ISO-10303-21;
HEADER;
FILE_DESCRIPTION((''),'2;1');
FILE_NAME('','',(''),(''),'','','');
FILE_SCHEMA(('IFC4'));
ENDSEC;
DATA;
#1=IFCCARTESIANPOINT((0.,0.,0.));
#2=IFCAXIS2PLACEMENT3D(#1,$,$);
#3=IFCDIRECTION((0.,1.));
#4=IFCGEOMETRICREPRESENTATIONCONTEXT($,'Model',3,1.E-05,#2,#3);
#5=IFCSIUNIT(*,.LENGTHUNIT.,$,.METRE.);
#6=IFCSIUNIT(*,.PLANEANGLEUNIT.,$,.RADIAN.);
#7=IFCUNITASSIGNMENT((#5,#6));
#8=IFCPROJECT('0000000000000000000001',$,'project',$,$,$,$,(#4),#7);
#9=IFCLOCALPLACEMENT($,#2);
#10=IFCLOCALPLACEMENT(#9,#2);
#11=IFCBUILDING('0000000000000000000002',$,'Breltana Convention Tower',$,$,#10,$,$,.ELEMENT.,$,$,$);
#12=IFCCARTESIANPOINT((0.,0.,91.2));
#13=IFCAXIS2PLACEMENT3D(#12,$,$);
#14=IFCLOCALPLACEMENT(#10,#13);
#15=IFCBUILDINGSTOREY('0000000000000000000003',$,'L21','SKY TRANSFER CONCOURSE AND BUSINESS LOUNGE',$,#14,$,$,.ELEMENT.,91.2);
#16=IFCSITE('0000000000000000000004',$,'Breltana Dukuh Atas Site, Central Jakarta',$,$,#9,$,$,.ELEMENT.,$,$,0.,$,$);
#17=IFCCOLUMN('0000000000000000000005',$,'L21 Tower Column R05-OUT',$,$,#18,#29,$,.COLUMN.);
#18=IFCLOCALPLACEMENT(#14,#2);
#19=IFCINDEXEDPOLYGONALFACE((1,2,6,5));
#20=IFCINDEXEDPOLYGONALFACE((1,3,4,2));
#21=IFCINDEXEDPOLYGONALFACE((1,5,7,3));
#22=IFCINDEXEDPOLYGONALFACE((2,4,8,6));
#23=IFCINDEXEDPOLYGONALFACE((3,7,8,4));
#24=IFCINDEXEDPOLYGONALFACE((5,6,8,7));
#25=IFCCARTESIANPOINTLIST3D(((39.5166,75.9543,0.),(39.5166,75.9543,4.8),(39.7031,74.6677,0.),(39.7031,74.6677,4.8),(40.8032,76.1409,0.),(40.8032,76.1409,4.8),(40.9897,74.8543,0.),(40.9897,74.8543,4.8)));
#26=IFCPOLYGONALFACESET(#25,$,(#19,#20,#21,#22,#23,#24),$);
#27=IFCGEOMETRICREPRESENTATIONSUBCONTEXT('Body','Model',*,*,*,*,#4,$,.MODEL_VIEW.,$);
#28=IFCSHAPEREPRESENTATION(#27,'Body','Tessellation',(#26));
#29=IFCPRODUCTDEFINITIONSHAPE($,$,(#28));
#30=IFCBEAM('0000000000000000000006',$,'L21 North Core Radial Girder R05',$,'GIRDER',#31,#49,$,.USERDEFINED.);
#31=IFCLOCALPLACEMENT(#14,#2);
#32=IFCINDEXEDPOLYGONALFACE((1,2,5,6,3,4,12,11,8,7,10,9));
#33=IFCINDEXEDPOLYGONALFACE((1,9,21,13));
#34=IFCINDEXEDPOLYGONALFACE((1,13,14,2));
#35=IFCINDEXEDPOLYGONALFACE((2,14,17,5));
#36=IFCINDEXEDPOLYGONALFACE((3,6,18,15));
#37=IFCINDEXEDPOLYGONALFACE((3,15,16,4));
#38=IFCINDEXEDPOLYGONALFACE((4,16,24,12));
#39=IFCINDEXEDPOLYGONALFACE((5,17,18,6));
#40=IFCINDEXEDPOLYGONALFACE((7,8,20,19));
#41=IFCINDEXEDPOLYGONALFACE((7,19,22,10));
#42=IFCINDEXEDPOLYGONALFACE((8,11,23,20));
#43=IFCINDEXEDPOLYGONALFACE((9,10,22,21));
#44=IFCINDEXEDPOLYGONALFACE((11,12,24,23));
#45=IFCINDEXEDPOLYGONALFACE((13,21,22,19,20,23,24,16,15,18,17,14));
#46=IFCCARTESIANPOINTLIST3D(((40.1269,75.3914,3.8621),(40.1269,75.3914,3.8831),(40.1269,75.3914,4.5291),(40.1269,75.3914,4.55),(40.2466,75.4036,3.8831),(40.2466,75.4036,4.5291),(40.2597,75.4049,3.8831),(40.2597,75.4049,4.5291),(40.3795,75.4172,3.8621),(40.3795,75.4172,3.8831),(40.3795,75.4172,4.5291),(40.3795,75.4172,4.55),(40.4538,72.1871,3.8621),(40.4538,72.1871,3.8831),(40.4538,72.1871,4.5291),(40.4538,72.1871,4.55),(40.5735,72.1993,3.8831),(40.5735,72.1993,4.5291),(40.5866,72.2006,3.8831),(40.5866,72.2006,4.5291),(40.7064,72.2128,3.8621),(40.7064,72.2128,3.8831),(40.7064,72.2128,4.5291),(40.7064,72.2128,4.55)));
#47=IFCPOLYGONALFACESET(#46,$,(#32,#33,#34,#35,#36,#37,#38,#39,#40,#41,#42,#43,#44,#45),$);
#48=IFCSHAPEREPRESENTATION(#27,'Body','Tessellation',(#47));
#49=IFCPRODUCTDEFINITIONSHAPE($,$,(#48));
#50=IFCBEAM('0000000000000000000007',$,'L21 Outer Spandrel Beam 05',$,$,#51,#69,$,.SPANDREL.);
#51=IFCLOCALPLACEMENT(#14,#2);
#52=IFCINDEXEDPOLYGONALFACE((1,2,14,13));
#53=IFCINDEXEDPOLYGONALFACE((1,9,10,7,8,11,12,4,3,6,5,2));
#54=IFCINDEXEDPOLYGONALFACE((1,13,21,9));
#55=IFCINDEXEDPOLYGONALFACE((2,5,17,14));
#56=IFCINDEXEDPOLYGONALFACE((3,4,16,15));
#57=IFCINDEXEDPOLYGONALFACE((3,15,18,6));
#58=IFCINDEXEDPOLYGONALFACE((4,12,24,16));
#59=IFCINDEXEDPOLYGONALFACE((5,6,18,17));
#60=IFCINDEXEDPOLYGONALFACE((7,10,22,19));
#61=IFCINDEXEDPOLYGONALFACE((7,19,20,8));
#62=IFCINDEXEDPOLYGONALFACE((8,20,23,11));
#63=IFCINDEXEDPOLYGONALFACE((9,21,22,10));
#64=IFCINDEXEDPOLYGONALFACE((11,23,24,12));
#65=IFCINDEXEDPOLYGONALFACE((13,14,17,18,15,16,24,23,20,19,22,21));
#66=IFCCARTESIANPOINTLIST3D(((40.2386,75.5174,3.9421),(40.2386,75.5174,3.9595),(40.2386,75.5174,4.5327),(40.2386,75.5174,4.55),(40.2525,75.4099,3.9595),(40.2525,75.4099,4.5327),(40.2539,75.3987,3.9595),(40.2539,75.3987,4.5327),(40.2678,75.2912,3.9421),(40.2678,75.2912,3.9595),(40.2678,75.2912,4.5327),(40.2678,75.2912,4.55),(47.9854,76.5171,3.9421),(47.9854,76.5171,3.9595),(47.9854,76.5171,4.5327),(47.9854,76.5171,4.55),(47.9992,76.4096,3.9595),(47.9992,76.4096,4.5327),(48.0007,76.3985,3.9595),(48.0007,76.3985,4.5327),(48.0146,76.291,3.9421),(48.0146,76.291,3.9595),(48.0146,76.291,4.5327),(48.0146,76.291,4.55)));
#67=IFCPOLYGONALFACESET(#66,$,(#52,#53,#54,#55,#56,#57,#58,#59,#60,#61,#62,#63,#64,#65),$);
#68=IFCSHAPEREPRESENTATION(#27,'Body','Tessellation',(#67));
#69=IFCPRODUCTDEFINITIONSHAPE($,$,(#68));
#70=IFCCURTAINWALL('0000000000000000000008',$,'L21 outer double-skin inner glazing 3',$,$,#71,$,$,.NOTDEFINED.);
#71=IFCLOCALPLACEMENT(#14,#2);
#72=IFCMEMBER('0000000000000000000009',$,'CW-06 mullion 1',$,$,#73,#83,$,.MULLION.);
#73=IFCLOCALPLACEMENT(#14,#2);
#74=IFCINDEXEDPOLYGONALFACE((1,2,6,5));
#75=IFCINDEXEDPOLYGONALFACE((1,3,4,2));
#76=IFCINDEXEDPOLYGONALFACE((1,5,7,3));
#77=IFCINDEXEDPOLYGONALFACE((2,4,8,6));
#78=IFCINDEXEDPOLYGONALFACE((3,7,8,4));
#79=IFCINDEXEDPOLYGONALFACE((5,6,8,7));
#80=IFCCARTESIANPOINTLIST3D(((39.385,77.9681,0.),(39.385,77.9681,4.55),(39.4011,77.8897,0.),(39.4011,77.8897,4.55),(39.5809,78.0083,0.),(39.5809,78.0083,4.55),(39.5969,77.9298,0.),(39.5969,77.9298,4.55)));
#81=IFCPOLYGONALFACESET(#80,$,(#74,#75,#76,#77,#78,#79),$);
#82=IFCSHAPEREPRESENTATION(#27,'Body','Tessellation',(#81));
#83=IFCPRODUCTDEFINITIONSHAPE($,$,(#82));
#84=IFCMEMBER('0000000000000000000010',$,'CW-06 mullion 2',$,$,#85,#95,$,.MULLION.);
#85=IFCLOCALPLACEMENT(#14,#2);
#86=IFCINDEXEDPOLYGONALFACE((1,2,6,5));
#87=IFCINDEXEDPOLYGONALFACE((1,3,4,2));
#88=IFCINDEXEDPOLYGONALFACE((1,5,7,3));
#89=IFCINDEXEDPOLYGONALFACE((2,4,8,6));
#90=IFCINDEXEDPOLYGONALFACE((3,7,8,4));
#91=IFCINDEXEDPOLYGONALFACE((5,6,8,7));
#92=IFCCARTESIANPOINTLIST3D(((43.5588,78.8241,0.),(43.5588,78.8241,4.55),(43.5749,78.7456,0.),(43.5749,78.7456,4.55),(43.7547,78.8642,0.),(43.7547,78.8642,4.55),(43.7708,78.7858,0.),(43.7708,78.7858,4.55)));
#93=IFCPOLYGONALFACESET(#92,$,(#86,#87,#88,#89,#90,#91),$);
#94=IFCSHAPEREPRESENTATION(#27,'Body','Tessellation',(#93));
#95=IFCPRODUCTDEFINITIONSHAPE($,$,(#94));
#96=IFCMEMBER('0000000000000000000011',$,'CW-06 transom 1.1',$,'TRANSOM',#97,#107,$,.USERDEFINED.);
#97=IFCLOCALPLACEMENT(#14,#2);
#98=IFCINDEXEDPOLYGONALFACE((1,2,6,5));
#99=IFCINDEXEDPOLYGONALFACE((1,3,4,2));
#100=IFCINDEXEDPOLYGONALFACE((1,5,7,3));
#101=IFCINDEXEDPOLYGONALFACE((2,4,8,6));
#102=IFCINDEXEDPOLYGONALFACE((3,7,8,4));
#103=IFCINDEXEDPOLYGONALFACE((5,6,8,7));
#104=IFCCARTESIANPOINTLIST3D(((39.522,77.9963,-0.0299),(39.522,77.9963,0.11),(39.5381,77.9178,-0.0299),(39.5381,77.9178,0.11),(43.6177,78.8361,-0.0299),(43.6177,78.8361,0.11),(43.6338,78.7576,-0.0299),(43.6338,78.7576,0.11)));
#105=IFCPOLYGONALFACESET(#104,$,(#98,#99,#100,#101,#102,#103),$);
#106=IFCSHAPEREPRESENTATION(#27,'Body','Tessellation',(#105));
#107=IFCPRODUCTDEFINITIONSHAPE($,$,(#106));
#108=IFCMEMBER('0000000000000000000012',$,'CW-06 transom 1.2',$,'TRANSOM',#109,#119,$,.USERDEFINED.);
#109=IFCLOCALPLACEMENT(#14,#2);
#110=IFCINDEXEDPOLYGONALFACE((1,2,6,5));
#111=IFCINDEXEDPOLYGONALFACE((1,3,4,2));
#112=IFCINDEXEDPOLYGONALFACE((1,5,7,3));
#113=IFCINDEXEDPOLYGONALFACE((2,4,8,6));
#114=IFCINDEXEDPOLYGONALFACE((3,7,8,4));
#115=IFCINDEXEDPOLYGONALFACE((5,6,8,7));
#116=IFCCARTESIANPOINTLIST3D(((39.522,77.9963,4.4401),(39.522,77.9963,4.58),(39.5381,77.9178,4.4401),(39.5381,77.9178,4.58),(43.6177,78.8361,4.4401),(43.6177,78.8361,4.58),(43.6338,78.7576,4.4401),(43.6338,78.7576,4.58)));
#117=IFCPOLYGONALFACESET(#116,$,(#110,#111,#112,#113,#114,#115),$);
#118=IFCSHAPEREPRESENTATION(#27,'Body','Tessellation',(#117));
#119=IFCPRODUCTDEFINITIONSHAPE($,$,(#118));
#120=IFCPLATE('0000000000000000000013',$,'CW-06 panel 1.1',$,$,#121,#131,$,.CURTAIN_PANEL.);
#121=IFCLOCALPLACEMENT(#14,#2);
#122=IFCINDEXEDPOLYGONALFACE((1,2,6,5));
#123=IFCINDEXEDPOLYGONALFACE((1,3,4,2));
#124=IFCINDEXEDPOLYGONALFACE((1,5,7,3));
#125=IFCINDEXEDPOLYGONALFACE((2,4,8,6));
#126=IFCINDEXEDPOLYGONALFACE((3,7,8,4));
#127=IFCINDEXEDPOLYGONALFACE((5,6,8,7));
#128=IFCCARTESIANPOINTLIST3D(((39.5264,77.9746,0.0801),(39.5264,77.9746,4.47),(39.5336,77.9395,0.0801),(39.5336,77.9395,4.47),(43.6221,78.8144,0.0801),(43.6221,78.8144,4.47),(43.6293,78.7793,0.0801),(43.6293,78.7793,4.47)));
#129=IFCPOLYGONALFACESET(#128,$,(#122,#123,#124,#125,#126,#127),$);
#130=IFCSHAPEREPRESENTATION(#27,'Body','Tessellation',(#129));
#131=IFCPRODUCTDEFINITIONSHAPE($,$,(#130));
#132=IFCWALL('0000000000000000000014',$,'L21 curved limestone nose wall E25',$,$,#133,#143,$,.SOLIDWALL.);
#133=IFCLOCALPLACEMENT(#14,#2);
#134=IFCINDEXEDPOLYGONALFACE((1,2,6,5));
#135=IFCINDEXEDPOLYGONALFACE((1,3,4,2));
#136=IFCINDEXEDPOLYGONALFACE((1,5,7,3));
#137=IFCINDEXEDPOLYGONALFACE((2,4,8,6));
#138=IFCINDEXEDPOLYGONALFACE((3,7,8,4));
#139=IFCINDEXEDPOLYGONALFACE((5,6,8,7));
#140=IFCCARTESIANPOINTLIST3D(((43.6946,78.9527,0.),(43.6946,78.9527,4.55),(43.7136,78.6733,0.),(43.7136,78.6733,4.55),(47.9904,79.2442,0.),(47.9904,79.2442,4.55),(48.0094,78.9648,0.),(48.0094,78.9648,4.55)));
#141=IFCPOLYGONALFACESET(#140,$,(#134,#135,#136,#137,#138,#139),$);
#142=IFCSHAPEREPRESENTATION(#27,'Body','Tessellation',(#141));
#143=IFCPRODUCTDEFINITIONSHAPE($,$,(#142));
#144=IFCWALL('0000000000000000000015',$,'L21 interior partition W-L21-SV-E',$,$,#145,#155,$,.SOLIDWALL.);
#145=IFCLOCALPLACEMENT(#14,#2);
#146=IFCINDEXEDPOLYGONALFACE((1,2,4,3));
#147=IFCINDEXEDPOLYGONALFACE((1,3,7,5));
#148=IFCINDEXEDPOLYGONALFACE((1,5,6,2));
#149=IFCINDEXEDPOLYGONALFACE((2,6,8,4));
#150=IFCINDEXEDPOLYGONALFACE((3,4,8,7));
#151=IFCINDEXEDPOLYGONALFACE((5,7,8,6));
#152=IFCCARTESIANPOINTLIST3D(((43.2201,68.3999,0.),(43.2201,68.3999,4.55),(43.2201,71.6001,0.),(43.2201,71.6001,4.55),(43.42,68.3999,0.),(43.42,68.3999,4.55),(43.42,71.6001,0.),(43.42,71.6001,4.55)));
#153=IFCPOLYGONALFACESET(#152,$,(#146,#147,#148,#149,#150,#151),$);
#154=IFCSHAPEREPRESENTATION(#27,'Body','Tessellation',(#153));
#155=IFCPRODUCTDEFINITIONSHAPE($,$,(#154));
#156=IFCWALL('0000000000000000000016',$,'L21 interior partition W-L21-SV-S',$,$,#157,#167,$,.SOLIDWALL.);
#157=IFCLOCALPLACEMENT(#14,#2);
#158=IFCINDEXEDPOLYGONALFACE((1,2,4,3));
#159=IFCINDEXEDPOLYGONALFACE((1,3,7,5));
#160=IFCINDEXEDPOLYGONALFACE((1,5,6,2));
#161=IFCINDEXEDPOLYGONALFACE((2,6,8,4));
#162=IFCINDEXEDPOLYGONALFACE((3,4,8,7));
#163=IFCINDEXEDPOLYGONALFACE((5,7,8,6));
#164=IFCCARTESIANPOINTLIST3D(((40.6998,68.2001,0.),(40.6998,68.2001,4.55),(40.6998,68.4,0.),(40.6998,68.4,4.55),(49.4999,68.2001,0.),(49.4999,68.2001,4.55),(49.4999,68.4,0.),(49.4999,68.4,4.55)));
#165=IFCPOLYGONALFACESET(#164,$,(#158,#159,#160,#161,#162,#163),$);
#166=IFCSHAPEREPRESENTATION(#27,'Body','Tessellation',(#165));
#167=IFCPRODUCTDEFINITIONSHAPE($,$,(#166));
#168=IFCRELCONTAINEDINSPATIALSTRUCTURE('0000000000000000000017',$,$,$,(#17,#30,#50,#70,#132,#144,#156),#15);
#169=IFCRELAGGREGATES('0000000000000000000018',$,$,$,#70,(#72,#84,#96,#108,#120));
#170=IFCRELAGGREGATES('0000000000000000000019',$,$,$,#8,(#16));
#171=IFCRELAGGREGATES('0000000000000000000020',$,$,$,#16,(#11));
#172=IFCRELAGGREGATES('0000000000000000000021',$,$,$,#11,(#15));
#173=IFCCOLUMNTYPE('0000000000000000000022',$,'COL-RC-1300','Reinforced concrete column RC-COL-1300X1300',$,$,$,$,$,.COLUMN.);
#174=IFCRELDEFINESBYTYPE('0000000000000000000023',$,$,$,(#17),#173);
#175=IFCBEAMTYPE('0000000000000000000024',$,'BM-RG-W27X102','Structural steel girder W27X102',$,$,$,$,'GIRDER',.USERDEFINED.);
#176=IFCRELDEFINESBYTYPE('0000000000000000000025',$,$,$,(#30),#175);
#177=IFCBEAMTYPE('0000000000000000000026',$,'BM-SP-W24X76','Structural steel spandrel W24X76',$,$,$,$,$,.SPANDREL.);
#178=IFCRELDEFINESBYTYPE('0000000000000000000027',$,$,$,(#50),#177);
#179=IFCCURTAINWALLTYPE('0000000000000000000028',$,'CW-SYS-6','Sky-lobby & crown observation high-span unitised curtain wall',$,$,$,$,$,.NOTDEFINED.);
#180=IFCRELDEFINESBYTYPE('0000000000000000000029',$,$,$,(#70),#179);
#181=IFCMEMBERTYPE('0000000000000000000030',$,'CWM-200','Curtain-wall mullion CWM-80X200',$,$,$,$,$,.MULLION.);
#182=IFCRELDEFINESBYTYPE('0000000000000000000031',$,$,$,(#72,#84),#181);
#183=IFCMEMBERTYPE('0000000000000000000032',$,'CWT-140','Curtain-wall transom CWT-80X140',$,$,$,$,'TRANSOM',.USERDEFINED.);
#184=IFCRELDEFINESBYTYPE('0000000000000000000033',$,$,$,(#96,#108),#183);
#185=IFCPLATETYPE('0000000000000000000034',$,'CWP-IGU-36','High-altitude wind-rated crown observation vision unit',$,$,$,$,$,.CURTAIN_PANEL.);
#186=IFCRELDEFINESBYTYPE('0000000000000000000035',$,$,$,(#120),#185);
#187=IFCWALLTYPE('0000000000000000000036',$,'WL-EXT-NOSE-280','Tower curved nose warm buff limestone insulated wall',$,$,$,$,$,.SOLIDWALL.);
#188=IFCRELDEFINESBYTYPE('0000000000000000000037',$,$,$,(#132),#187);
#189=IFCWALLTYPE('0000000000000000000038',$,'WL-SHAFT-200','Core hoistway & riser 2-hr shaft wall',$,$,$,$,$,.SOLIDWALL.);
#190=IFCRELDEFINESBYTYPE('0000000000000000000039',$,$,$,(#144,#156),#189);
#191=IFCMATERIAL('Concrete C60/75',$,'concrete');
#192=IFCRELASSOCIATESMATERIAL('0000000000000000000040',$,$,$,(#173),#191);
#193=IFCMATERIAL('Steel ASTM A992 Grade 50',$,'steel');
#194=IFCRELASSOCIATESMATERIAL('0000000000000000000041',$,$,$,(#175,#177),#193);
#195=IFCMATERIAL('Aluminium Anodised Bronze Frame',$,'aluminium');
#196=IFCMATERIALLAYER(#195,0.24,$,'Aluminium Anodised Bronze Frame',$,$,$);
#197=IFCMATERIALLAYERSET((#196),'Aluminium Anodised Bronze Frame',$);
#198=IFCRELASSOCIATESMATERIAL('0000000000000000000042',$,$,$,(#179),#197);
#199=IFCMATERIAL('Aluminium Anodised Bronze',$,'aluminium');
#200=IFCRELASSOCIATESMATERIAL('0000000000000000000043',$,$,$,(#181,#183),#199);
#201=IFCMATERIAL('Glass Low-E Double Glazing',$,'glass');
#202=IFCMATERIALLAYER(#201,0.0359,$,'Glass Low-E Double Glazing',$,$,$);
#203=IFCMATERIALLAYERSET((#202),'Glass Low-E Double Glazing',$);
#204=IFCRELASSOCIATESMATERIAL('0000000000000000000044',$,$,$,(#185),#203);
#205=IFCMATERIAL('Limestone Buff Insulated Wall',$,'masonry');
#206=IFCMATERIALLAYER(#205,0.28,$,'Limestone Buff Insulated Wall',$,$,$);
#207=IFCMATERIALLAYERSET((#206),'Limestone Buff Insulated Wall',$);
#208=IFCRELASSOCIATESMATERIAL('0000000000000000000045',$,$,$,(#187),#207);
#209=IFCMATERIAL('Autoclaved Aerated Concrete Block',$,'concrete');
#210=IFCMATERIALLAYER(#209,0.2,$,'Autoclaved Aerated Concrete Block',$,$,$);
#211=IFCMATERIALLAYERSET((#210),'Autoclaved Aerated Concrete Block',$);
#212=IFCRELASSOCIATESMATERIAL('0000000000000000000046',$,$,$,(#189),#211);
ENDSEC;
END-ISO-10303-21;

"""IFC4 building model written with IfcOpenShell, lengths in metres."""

from ifc_helpers import new_model, si_unit, direction, frame, frame_2d, origin, origin_2d, place, context, subcontext, project, spatial, rectangle, i_section, extrude, source, transform, mapped, material, layer, layer_set, material_profile, profile_set, type_object, element, aggregate, save


model = new_model("IFC4")

# Units and contexts
model_context = context("Model", 3, precision=1e-05, world=origin(), true_north=direction((0.0, 1.0)))
body_context = subcontext(model_context, "Body", "Model", "MODEL_VIEW")
ifc_project = project(units=[si_unit("LENGTHUNIT", "METRE"), si_unit("PLANEANGLEUNIT", "RADIAN")], contexts=[model_context])

# Site, building, storey
site_placement = place(None, origin())
site = spatial("IfcSite", under=ifc_project, at=site_placement, Name="Breltana Dukuh Atas Site, Central Jakarta", CompositionType="ELEMENT", RefElevation=0.0)
building_placement = place(site_placement, origin())
building = spatial("IfcBuilding", under=site, at=building_placement, Name="Breltana Convention Tower", CompositionType="ELEMENT")
storey_placement = place(building_placement, frame((0.0, 0.0, 91.2)))
storey = spatial("IfcBuildingStorey", under=building, at=storey_placement, Name="L21", Description="SKY TRANSFER CONCOURSE AND BUSINESS LOUNGE", CompositionType="ELEMENT", Elevation=91.2)

# Column
ifc_material_1 = material(Name="Concrete C60/75", Category="concrete")
ifc_material_profile_1 = material_profile(ifc_material_1, rectangle(XDim=1.3, YDim=1.3, at=origin_2d()), Name="RC-COL-1300X1300")
ifc_profile_set_1 = profile_set([ifc_material_profile_1], Name="Concrete C60/75")
column_type = type_object("IfcColumnType", Name="COL-RC-1300", Description="Reinforced concrete column RC-COL-1300X1300", PredefinedType="COLUMN", material=ifc_profile_set_1)
shared_shape_1 = source(origin(), body_context, "Body", "SweptSolid", [
    extrude(rectangle(XDim=1.3, YDim=1.3, at=origin_2d()), origin(), (0.0, 0.0, 1.0), 4.8),
])
column_placement = place(storey_placement, frame((40.2532, 75.4043, 0.0), z_axis=(0.0, 0.0, 1.0), x_axis=(-0.143493, 0.989651, 0.0)))
element("IfcColumn", 1, at=column_placement, inside=storey, type_object=column_type, Name="L21 Tower Column R05-OUT", PredefinedType="COLUMN", context=body_context, shape_type="MappedRepresentation", body=[
    mapped(shared_shape_1, transform((0.0, 0.0, 0.0), scale=1.0)),
])

# Beams
ifc_material_2 = material(Name="Steel ASTM A992 Grade 50", Category="steel")
ifc_material_profile_2 = material_profile(ifc_material_2, i_section(OverallWidth=0.2539, OverallDepth=0.688, WebThickness=0.0132, FlangeThickness=0.021, at=origin_2d()), Name="W27X102")
ifc_profile_set_2 = profile_set([ifc_material_profile_2], Name="Steel ASTM A992 Grade 50")
beam_type_1 = type_object("IfcBeamType", Name="BM-RG-W27X102", Description="Structural steel girder W27X102", ElementType="GIRDER", PredefinedType="USERDEFINED", material=ifc_profile_set_2)
shared_shape_2 = source(origin(), body_context, "Body", "SweptSolid", [
    extrude(i_section(OverallWidth=0.2539, OverallDepth=0.688, WebThickness=0.0132, FlangeThickness=0.021, at=origin_2d()), origin(), (0.0, 0.0, 1.0), 3.2209),
])
beam_1_placement = place(storey_placement, frame((40.5801, 72.2, 4.2061), z_axis=(-0.101492, 0.994836, 0.0), x_axis=(-0.994836, -0.101492, 0.0)))
element("IfcBeam", 2, at=beam_1_placement, inside=storey, type_object=beam_type_1, Name="L21 North Core Radial Girder R05", ObjectType="GIRDER", PredefinedType="USERDEFINED", context=body_context, shape_type="MappedRepresentation", body=[
    mapped(shared_shape_2, transform((0.0, 0.0, 0.0), scale=1.0)),
])
ifc_material_profile_3 = material_profile(ifc_material_2, i_section(OverallWidth=0.228, OverallDepth=0.6079, WebThickness=0.0112, FlangeThickness=0.0173, at=origin_2d()), Name="W24X76")
ifc_profile_set_3 = profile_set([ifc_material_profile_3], Name="Steel ASTM A992 Grade 50")
beam_type_2 = type_object("IfcBeamType", Name="BM-SP-W24X76", Description="Structural steel spandrel W24X76", PredefinedType="SPANDREL", material=ifc_profile_set_3)
shared_shape_3 = source(origin(), body_context, "Body", "SweptSolid", [
    extrude(i_section(OverallWidth=0.228, OverallDepth=0.6079, WebThickness=0.0112, FlangeThickness=0.0173, at=origin_2d()), origin(), (0.0, 0.0, 1.0), 7.811),
])
beam_2_placement = place(storey_placement, frame((40.2532, 75.4043, 4.2461), z_axis=(0.991775, 0.127992, 0.0), x_axis=(-0.127992, 0.991775, 0.0)))
element("IfcBeam", 3, at=beam_2_placement, inside=storey, type_object=beam_type_2, Name="L21 Outer Spandrel Beam 05", PredefinedType="SPANDREL", context=body_context, shape_type="MappedRepresentation", body=[
    mapped(shared_shape_3, transform((0.0, 0.0, 0.0), scale=1.0)),
])

# Curtain wall, members, plate
ifc_material_3 = material(Name="Aluminium Anodised Bronze Frame", Category="aluminium")
ifc_layer_1 = layer(ifc_material_3, 0.24, Name="Aluminium Anodised Bronze Frame")
ifc_layer_set_1 = layer_set([ifc_layer_1], Name="Aluminium Anodised Bronze Frame")
curtain_wall_type = type_object("IfcCurtainWallType", Name="CW-SYS-6", Description="Sky-lobby & crown observation high-span unitised curtain wall", PredefinedType="NOTDEFINED", material=ifc_layer_set_1)
curtain_wall_placement = place(storey_placement, origin())
curtain_wall = element("IfcCurtainWall", 4, at=curtain_wall_placement, inside=storey, type_object=curtain_wall_type, Name="L21 outer double-skin inner glazing 3", PredefinedType="NOTDEFINED")
ifc_material_4 = material(Name="Aluminium Anodised Bronze", Category="aluminium")
ifc_material_profile_4 = material_profile(ifc_material_4, rectangle(XDim=0.0801, YDim=0.2, at=origin_2d()), Name="CWM-80X200")
ifc_profile_set_4 = profile_set([ifc_material_profile_4], Name="Aluminium Anodised Bronze")
member_type_1 = type_object("IfcMemberType", Name="CWM-200", Description="Curtain-wall mullion CWM-80X200", PredefinedType="MULLION", material=ifc_profile_set_4)
shared_shape_4 = source(origin(), body_context, "Body", "SweptSolid", [
    extrude(rectangle(XDim=0.0801, YDim=0.2, at=origin_2d()), origin(), (0.0, 0.0, 1.0), 4.55),
])
member_1_placement = place(storey_placement, frame((39.491, 77.949, 0.0), z_axis=(0.0, 0.0, 1.0), x_axis=(-0.200859, 0.97962, 0.0)))
member_1 = element("IfcMember", 5, at=member_1_placement, type_object=member_type_1, Name="CW-06 mullion 1", PredefinedType="MULLION", context=body_context, shape_type="MappedRepresentation", body=[
    mapped(shared_shape_4, transform((0.0, 0.0, 0.0), scale=1.0)),
])
member_2_placement = place(storey_placement, frame((43.6648, 78.8049, 0.0), z_axis=(0.0, 0.0, 1.0), x_axis=(-0.200859, 0.97962, 0.0)))
member_2 = element("IfcMember", 6, at=member_2_placement, type_object=member_type_1, Name="CW-06 mullion 2", PredefinedType="MULLION", context=body_context, shape_type="MappedRepresentation", body=[
    mapped(shared_shape_4, transform((0.0, 0.0, 0.0), scale=1.0)),
])
ifc_material_profile_5 = material_profile(ifc_material_4, rectangle(XDim=0.0801, YDim=0.1399, at=origin_2d()), Name="CWT-80X140")
ifc_profile_set_5 = profile_set([ifc_material_profile_5], Name="Aluminium Anodised Bronze")
member_type_2 = type_object("IfcMemberType", Name="CWT-140", Description="Curtain-wall transom CWT-80X140", ElementType="TRANSOM", PredefinedType="USERDEFINED", material=ifc_profile_set_5)
shared_shape_5 = source(origin(), body_context, "Body", "SweptSolid", [
    extrude(rectangle(XDim=0.0801, YDim=0.1399, at=origin_2d()), origin(), (0.0, 0.0, 1.0), 4.1809),
])
member_3_placement = place(storey_placement, frame((39.53, 77.957, 0.04), z_axis=(0.979617, 0.200875, 0.0), x_axis=(-0.200875, 0.979617, 0.0)))
member_3 = element("IfcMember", 7, at=member_3_placement, type_object=member_type_2, Name="CW-06 transom 1.1", ObjectType="TRANSOM", PredefinedType="USERDEFINED", context=body_context, shape_type="MappedRepresentation", body=[
    mapped(shared_shape_5, transform((0.0, 0.0, 0.0), scale=1.0)),
])
member_4_placement = place(storey_placement, frame((39.53, 77.957, 4.51), z_axis=(0.979617, 0.200875, 0.0), x_axis=(-0.200875, 0.979617, 0.0)))
member_4 = element("IfcMember", 8, at=member_4_placement, type_object=member_type_2, Name="CW-06 transom 1.2", ObjectType="TRANSOM", PredefinedType="USERDEFINED", context=body_context, shape_type="MappedRepresentation", body=[
    mapped(shared_shape_5, transform((0.0, 0.0, 0.0), scale=1.0)),
])
ifc_material_5 = material(Name="Glass Low-E Double Glazing", Category="glass")
ifc_layer_2 = layer(ifc_material_5, 0.0359, Name="Glass Low-E Double Glazing")
ifc_layer_set_2 = layer_set([ifc_layer_2], Name="Glass Low-E Double Glazing")
plate_type = type_object("IfcPlateType", Name="CWP-IGU-36", Description="High-altitude wind-rated crown observation vision unit", PredefinedType="CURTAIN_PANEL", material=ifc_layer_set_2)
shared_shape_6 = source(origin(), body_context, "Body", "SweptSolid", [
    extrude(rectangle(XDim=4.1809, YDim=0.0359, at=origin_2d()), origin(), (0.0, 0.0, 1.0), 4.3899),
])
plate_placement = place(storey_placement, frame((41.5779, 78.377, 0.0801), z_axis=(0.0, 0.0, 1.0), x_axis=(0.97962, 0.200859, 0.0)))
plate = element("IfcPlate", 9, at=plate_placement, type_object=plate_type, Name="CW-06 panel 1.1", PredefinedType="CURTAIN_PANEL", context=body_context, shape_type="MappedRepresentation", body=[
    mapped(shared_shape_6, transform((0.0, 0.0, 0.0), scale=1.0)),
])
aggregate(curtain_wall, [member_1, member_2, member_3, member_4, plate])

# Walls
ifc_material_6 = material(Name="Limestone Buff Insulated Wall", Category="masonry")
ifc_layer_3 = layer(ifc_material_6, 0.28, Name="Limestone Buff Insulated Wall")
ifc_layer_set_3 = layer_set([ifc_layer_3], Name="Limestone Buff Insulated Wall")
wall_type_1 = type_object("IfcWallType", Name="WL-EXT-NOSE-280", Description="Tower curved nose warm buff limestone insulated wall", PredefinedType="SOLIDWALL", material=ifc_layer_set_3)
shared_shape_7 = source(origin(), body_context, "Body", "SweptSolid", [
    extrude(rectangle(XDim=4.3057, YDim=0.28, at=frame_2d((2.1528, 0.0))), origin(), (0.0, 0.0, 1.0), 4.55),
])
wall_1_placement = place(storey_placement, frame((43.7041, 78.813, 0.0), z_axis=(0.0, 0.0, 1.0), x_axis=(0.997706, 0.067701, 0.0)))
element("IfcWall", 10, at=wall_1_placement, inside=storey, type_object=wall_type_1, Name="L21 curved limestone nose wall E25", PredefinedType="SOLIDWALL", context=body_context, shape_type="MappedRepresentation", body=[
    mapped(shared_shape_7, transform((0.0, 0.0, 0.0), scale=1.0)),
])
ifc_material_7 = material(Name="Autoclaved Aerated Concrete Block", Category="concrete")
ifc_layer_4 = layer(ifc_material_7, 0.2, Name="Autoclaved Aerated Concrete Block")
ifc_layer_set_4 = layer_set([ifc_layer_4], Name="Autoclaved Aerated Concrete Block")
wall_type_2 = type_object("IfcWallType", Name="WL-SHAFT-200", Description="Core hoistway & riser 2-hr shaft wall", PredefinedType="SOLIDWALL", material=ifc_layer_set_4)
shared_shape_8 = source(origin(), body_context, "Body", "SweptSolid", [
    extrude(rectangle(XDim=3.2002, YDim=0.2, at=frame_2d((1.6001, 0.0))), origin(), (0.0, 0.0, 1.0), 4.55),
])
wall_2_placement = place(storey_placement, frame((43.3201, 68.3999, 0.0), z_axis=(0.0, 0.0, 1.0), x_axis=(0.0, 1.0, 0.0)))
element("IfcWall", 11, at=wall_2_placement, inside=storey, type_object=wall_type_2, Name="L21 interior partition W-L21-SV-E", PredefinedType="SOLIDWALL", context=body_context, shape_type="MappedRepresentation", body=[
    mapped(shared_shape_8, transform((0.0, 0.0, 0.0), scale=1.0)),
])
shared_shape_9 = source(origin(), body_context, "Body", "SweptSolid", [
    extrude(rectangle(XDim=8.8, YDim=0.2, at=frame_2d((4.3999, 0.0))), origin(), (0.0, 0.0, 1.0), 4.55),
])
wall_3_placement = place(storey_placement, frame((40.7, 68.3, 0.0), z_axis=(0.0, 0.0, 1.0), x_axis=(1.0, 0.0, 0.0)))
element("IfcWall", 12, at=wall_3_placement, inside=storey, type_object=wall_type_2, Name="L21 interior partition W-L21-SV-S", PredefinedType="SOLIDWALL", context=body_context, shape_type="MappedRepresentation", body=[
    mapped(shared_shape_9, transform((0.0, 0.0, 0.0), scale=1.0)),
])

save(model, "model.ifc")
